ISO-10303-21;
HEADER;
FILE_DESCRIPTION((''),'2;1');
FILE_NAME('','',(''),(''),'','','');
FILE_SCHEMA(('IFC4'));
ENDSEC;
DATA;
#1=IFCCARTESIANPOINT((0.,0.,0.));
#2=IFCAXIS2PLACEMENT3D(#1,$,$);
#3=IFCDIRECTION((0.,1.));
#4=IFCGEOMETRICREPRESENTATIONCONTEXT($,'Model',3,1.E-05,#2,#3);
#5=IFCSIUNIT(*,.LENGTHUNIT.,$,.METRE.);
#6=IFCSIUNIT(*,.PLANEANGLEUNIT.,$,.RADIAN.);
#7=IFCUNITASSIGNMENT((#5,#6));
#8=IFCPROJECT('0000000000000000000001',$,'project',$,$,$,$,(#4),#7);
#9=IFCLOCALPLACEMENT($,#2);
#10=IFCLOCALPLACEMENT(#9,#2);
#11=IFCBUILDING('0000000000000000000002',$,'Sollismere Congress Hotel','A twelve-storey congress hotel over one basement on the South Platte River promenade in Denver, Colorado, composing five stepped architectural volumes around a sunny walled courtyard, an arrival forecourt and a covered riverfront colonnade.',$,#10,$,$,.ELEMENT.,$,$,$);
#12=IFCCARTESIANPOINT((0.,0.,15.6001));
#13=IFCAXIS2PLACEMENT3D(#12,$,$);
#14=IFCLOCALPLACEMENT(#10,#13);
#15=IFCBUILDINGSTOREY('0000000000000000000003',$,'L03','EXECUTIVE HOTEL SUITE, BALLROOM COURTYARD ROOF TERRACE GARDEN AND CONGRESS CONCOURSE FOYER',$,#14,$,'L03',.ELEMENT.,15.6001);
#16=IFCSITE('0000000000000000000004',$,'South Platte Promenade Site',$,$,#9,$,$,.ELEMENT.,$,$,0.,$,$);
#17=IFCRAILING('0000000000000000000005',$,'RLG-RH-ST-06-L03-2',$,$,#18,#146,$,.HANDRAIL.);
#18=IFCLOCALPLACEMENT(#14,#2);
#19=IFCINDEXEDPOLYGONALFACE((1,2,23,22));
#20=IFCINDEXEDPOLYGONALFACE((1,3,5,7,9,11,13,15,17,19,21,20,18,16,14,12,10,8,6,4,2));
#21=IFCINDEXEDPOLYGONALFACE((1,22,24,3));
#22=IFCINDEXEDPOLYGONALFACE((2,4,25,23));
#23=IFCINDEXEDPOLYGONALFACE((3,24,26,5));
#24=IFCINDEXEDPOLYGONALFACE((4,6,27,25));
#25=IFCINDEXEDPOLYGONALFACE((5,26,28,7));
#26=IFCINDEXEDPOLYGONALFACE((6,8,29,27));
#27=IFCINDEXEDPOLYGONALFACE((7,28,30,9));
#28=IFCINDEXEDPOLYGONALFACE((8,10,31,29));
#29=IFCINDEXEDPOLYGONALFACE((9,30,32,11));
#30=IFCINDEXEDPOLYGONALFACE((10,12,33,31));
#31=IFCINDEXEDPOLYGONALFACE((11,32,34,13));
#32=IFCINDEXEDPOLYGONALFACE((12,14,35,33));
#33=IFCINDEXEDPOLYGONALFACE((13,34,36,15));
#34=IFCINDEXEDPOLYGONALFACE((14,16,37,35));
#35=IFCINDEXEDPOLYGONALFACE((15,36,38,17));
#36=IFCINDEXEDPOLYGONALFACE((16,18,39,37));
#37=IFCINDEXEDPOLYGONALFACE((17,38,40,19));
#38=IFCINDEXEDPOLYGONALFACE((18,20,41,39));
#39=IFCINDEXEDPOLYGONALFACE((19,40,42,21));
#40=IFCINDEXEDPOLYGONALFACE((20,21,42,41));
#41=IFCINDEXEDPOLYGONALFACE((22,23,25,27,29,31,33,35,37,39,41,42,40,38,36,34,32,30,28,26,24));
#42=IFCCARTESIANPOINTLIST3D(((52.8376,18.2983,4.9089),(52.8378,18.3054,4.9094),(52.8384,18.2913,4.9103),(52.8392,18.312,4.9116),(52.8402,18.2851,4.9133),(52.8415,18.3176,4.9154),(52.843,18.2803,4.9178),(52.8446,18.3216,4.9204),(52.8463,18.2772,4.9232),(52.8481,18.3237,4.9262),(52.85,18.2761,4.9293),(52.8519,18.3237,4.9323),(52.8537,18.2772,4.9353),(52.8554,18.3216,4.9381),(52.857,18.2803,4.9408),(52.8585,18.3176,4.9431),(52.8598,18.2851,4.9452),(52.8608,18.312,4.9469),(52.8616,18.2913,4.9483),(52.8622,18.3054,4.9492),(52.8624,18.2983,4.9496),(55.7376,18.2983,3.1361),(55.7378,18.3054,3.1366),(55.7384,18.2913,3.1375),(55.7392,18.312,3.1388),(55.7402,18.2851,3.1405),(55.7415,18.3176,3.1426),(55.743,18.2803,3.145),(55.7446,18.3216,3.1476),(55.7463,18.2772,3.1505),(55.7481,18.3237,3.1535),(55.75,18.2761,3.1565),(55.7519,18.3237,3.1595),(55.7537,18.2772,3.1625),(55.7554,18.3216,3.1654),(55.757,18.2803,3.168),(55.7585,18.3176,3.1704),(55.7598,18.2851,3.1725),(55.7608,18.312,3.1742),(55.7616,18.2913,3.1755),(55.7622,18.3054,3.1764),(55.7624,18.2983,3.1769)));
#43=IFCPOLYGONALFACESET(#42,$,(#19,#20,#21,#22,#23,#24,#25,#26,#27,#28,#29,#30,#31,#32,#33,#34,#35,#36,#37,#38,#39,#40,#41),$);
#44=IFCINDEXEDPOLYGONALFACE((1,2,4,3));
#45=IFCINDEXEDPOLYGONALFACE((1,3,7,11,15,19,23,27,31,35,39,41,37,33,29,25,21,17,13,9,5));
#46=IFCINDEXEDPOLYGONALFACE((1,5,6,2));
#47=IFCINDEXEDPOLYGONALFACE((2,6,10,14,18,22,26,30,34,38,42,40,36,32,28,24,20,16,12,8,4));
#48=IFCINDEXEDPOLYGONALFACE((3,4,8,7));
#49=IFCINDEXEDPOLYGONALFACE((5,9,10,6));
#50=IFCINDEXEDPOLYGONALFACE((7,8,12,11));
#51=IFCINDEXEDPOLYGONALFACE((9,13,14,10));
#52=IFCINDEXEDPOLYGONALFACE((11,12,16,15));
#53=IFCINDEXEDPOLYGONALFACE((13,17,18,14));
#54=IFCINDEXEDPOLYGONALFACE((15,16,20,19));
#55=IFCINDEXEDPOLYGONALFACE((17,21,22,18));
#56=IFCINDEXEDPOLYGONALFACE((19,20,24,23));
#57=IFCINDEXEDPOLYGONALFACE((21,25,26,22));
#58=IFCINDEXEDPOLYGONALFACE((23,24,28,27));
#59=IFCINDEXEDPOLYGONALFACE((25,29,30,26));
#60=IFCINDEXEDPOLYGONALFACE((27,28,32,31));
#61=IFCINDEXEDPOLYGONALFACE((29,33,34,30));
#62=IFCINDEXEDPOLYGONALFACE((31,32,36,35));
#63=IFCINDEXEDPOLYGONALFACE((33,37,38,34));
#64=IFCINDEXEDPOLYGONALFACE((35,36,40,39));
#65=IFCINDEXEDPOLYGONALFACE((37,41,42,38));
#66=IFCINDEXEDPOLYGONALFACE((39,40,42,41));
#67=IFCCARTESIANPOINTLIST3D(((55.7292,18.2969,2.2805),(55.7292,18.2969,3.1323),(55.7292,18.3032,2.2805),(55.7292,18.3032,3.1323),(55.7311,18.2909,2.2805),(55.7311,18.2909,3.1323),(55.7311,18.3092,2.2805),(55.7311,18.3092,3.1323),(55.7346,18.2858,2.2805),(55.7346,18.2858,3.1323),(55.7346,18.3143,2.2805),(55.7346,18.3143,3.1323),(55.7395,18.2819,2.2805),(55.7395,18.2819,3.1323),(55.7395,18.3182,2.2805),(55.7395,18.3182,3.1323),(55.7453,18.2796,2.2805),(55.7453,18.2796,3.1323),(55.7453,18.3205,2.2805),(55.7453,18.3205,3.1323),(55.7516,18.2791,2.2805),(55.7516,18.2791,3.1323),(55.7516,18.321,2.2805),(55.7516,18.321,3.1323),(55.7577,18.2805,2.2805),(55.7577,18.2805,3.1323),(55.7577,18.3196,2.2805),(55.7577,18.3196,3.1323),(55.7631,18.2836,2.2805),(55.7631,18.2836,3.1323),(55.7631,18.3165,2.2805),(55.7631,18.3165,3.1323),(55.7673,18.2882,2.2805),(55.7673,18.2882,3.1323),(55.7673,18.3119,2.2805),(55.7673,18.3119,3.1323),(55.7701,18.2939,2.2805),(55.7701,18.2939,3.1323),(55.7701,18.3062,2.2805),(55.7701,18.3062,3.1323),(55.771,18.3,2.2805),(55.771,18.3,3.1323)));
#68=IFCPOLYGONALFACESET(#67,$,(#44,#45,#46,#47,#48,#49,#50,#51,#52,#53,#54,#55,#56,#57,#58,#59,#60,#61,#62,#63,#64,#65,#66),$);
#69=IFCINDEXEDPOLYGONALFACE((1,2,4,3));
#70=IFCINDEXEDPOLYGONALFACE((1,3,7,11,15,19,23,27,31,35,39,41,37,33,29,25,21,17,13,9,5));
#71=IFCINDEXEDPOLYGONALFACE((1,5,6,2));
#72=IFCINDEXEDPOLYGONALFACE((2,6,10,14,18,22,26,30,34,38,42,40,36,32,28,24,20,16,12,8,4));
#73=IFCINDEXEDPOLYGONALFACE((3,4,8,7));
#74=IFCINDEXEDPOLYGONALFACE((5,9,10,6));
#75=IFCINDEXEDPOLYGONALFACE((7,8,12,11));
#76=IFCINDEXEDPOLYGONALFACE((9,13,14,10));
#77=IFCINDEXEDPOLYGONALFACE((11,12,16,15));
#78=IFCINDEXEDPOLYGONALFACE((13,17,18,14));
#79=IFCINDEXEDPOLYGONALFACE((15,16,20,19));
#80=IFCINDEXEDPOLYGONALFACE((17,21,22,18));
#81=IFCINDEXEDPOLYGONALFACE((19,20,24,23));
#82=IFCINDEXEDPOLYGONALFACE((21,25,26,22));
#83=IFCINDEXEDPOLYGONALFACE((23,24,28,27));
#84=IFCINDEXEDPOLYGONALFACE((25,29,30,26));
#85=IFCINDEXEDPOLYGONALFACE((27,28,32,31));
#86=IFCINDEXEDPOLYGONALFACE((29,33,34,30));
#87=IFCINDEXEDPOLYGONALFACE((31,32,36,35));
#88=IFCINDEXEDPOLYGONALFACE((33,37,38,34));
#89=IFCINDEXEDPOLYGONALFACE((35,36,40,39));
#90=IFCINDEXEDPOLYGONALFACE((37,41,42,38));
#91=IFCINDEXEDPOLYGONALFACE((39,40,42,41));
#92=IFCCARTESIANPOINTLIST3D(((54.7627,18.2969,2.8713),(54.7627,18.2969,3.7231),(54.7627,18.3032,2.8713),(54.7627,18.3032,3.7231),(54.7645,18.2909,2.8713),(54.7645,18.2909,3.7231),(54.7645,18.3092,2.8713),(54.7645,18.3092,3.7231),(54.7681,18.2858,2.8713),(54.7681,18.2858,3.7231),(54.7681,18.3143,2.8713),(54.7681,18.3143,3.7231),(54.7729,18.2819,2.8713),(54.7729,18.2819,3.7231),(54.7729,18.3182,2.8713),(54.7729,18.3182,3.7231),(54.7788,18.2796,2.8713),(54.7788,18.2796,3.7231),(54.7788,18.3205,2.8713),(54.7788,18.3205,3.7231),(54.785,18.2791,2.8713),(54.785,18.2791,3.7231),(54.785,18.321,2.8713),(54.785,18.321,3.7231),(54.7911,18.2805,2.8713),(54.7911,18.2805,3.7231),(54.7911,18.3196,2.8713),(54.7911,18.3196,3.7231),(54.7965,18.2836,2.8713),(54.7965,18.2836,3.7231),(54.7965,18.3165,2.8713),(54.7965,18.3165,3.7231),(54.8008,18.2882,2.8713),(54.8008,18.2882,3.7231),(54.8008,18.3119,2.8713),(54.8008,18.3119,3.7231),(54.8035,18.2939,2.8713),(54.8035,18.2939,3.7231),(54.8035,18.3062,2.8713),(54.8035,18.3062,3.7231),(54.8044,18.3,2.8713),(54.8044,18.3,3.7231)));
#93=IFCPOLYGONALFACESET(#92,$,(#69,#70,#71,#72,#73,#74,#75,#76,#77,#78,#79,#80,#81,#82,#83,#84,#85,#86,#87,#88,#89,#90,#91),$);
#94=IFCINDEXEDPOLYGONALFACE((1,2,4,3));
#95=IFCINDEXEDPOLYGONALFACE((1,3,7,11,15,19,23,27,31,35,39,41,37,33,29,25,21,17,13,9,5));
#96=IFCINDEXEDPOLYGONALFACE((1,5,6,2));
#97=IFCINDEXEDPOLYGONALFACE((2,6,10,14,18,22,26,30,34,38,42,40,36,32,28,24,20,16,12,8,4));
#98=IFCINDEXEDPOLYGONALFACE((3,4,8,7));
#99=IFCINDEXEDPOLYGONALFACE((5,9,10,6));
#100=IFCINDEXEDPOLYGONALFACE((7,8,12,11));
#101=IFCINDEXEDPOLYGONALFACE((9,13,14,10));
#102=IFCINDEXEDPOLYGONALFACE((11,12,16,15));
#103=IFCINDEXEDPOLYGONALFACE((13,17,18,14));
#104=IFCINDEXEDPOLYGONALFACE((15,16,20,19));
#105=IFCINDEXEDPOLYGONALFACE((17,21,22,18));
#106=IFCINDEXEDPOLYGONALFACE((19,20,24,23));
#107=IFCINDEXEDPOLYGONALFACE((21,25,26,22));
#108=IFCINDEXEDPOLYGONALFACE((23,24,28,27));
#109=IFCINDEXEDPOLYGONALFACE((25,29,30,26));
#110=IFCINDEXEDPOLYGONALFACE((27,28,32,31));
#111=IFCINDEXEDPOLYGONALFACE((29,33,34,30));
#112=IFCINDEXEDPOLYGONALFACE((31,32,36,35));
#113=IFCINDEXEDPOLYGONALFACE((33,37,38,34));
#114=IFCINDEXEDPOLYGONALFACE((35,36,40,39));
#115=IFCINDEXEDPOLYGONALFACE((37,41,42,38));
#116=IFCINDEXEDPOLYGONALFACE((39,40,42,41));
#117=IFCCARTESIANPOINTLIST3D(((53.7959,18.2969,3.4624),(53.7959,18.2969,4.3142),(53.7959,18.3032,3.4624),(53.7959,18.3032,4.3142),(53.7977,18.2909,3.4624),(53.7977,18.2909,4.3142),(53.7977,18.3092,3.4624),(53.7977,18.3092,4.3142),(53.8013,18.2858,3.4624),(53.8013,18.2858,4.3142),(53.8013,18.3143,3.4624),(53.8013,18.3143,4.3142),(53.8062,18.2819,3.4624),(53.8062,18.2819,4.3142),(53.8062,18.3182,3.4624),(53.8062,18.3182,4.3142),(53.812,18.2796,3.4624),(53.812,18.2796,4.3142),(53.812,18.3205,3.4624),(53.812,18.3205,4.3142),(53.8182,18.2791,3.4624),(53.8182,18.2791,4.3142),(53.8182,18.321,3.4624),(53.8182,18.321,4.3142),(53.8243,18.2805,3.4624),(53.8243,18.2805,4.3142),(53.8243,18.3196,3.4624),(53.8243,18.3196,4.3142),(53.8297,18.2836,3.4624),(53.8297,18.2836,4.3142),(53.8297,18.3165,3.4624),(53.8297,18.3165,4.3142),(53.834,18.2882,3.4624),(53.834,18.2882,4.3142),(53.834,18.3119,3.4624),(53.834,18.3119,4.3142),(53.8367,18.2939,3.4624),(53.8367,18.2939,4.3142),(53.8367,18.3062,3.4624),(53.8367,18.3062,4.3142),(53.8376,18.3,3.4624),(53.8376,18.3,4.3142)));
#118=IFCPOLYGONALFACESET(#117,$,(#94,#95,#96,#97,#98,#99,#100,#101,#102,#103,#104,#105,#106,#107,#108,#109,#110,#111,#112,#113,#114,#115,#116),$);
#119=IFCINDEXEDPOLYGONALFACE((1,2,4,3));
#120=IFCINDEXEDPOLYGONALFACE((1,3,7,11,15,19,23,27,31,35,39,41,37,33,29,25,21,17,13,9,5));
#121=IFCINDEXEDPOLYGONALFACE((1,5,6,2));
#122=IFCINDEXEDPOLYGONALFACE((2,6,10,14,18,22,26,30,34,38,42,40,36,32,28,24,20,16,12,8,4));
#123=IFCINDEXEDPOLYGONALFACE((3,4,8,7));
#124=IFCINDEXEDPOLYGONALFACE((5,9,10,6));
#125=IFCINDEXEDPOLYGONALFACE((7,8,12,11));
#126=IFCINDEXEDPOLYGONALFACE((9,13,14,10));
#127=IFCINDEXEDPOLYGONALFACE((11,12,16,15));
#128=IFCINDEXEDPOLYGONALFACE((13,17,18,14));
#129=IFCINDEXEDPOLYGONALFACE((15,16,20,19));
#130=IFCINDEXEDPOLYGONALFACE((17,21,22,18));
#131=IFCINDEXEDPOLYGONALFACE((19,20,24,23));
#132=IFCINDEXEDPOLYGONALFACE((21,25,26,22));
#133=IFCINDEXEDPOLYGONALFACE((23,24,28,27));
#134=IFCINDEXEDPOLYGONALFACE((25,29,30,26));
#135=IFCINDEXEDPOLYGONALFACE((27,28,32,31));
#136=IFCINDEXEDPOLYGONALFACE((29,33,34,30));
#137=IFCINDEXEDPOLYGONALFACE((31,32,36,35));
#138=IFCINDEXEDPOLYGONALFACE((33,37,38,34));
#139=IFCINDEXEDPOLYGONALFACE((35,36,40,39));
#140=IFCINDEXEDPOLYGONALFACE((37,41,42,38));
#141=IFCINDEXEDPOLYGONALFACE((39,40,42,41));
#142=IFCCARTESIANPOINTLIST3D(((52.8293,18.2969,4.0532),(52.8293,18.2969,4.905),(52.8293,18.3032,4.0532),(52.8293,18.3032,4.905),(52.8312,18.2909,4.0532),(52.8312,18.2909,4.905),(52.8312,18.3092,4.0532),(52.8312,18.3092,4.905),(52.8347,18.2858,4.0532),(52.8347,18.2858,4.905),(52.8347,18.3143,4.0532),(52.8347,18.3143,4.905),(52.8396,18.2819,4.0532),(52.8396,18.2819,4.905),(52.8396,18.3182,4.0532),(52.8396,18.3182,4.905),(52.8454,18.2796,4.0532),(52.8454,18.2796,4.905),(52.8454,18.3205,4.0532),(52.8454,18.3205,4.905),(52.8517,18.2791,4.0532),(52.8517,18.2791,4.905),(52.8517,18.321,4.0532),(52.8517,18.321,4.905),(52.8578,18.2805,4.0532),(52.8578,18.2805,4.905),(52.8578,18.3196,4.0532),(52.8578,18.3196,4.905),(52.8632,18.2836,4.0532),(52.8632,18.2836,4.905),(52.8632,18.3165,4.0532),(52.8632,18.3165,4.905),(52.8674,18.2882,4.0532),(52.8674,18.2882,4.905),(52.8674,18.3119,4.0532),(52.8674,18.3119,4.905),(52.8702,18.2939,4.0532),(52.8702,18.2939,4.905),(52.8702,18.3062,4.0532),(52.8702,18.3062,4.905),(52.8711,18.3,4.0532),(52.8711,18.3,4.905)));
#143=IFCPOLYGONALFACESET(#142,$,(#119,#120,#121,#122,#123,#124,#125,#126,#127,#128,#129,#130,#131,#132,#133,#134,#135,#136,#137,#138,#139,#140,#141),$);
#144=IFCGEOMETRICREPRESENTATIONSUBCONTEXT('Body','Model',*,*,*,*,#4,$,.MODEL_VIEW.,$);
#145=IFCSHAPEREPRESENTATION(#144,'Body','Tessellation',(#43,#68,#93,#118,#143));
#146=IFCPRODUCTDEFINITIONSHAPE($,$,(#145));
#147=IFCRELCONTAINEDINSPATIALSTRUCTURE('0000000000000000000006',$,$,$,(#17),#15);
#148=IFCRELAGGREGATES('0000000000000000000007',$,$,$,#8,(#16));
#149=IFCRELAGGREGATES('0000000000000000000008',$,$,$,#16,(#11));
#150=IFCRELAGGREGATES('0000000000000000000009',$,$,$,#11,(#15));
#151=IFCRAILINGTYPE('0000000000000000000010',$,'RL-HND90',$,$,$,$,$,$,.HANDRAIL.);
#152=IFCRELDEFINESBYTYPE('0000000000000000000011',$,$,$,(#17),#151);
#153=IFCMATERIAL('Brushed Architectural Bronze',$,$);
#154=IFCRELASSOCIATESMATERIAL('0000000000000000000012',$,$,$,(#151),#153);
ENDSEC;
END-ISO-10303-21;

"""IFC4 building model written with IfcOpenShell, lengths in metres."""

from ifc_helpers import new_model, si_unit, direction, frame, origin, origin_2d, place, context, subcontext, project, spatial, circle, extrude, material, type_object, element, save


model = new_model("IFC4")

# Units and contexts
model_context = context("Model", 3, precision=1e-05, world=origin(), true_north=direction((0.0, 1.0)))
body_context = subcontext(model_context, "Body", "Model", "MODEL_VIEW")
ifc_project = project(units=[si_unit("LENGTHUNIT", "METRE"), si_unit("PLANEANGLEUNIT", "RADIAN")], contexts=[model_context])

# Site, building, storey
site_placement = place(None, origin())
site = spatial("IfcSite", under=ifc_project, at=site_placement, Name="South Platte Promenade Site", CompositionType="ELEMENT", RefElevation=0.0)
building_placement = place(site_placement, origin())
building = spatial("IfcBuilding", under=site, at=building_placement, Name="Sollismere Congress Hotel", Description="A twelve-storey congress hotel over one basement on the South Platte River promenade in Denver, Colorado, composing five stepped architectural volumes around a sunny walled courtyard, an arrival forecourt and a covered riverfront colonnade.", CompositionType="ELEMENT")
storey_placement = place(building_placement, frame((0.0, 0.0, 15.6001)))
storey = spatial("IfcBuildingStorey", under=building, at=storey_placement, Name="L03", Description="EXECUTIVE HOTEL SUITE, BALLROOM COURTYARD ROOF TERRACE GARDEN AND CONGRESS CONCOURSE FOYER", LongName="L03", CompositionType="ELEMENT", Elevation=15.6001)

# Railing
ifc_material_1 = material(Name="Brushed Architectural Bronze")
railing_type_1 = type_object("IfcRailingType", Name="RL-HND90", PredefinedType="HANDRAIL", material=ifc_material_1)
railing_1_placement = place(storey_placement, frame((55.75, 18.3, 2.2805)))
element("IfcRailing", 1, at=railing_1_placement, inside=storey, type_object=railing_type_1, Name="RLG-RH-ST-06-L03-2", PredefinedType="HANDRAIL", context=body_context, shape_type="SweptSolid", body=[
    extrude(circle(Radius=0.0239, at=origin_2d()), frame((0.0, 0.0, 0.876), z_axis=(-0.853211, 0.0, 0.521566), x_axis=(0.0, -1.0, 0.0)), (0.0, 0.0, 1.0), 3.3989),
    extrude(circle(Radius=0.021, at=origin_2d()), origin(), (0.0, 0.0, 1.0), 0.8518),
    extrude(circle(Radius=0.021, at=origin_2d()), frame((-0.9666, 0.0, 0.5908)), (0.0, 0.0, 1.0), 0.8518),
    extrude(circle(Radius=0.021, at=origin_2d()), frame((-1.9333, 0.0, 1.1819)), (0.0, 0.0, 1.0), 0.8518),
    extrude(circle(Radius=0.021, at=origin_2d()), frame((-2.8999, 0.0, 1.7727)), (0.0, 0.0, 1.0), 0.8518),
])

save(model, "model.ifc")
